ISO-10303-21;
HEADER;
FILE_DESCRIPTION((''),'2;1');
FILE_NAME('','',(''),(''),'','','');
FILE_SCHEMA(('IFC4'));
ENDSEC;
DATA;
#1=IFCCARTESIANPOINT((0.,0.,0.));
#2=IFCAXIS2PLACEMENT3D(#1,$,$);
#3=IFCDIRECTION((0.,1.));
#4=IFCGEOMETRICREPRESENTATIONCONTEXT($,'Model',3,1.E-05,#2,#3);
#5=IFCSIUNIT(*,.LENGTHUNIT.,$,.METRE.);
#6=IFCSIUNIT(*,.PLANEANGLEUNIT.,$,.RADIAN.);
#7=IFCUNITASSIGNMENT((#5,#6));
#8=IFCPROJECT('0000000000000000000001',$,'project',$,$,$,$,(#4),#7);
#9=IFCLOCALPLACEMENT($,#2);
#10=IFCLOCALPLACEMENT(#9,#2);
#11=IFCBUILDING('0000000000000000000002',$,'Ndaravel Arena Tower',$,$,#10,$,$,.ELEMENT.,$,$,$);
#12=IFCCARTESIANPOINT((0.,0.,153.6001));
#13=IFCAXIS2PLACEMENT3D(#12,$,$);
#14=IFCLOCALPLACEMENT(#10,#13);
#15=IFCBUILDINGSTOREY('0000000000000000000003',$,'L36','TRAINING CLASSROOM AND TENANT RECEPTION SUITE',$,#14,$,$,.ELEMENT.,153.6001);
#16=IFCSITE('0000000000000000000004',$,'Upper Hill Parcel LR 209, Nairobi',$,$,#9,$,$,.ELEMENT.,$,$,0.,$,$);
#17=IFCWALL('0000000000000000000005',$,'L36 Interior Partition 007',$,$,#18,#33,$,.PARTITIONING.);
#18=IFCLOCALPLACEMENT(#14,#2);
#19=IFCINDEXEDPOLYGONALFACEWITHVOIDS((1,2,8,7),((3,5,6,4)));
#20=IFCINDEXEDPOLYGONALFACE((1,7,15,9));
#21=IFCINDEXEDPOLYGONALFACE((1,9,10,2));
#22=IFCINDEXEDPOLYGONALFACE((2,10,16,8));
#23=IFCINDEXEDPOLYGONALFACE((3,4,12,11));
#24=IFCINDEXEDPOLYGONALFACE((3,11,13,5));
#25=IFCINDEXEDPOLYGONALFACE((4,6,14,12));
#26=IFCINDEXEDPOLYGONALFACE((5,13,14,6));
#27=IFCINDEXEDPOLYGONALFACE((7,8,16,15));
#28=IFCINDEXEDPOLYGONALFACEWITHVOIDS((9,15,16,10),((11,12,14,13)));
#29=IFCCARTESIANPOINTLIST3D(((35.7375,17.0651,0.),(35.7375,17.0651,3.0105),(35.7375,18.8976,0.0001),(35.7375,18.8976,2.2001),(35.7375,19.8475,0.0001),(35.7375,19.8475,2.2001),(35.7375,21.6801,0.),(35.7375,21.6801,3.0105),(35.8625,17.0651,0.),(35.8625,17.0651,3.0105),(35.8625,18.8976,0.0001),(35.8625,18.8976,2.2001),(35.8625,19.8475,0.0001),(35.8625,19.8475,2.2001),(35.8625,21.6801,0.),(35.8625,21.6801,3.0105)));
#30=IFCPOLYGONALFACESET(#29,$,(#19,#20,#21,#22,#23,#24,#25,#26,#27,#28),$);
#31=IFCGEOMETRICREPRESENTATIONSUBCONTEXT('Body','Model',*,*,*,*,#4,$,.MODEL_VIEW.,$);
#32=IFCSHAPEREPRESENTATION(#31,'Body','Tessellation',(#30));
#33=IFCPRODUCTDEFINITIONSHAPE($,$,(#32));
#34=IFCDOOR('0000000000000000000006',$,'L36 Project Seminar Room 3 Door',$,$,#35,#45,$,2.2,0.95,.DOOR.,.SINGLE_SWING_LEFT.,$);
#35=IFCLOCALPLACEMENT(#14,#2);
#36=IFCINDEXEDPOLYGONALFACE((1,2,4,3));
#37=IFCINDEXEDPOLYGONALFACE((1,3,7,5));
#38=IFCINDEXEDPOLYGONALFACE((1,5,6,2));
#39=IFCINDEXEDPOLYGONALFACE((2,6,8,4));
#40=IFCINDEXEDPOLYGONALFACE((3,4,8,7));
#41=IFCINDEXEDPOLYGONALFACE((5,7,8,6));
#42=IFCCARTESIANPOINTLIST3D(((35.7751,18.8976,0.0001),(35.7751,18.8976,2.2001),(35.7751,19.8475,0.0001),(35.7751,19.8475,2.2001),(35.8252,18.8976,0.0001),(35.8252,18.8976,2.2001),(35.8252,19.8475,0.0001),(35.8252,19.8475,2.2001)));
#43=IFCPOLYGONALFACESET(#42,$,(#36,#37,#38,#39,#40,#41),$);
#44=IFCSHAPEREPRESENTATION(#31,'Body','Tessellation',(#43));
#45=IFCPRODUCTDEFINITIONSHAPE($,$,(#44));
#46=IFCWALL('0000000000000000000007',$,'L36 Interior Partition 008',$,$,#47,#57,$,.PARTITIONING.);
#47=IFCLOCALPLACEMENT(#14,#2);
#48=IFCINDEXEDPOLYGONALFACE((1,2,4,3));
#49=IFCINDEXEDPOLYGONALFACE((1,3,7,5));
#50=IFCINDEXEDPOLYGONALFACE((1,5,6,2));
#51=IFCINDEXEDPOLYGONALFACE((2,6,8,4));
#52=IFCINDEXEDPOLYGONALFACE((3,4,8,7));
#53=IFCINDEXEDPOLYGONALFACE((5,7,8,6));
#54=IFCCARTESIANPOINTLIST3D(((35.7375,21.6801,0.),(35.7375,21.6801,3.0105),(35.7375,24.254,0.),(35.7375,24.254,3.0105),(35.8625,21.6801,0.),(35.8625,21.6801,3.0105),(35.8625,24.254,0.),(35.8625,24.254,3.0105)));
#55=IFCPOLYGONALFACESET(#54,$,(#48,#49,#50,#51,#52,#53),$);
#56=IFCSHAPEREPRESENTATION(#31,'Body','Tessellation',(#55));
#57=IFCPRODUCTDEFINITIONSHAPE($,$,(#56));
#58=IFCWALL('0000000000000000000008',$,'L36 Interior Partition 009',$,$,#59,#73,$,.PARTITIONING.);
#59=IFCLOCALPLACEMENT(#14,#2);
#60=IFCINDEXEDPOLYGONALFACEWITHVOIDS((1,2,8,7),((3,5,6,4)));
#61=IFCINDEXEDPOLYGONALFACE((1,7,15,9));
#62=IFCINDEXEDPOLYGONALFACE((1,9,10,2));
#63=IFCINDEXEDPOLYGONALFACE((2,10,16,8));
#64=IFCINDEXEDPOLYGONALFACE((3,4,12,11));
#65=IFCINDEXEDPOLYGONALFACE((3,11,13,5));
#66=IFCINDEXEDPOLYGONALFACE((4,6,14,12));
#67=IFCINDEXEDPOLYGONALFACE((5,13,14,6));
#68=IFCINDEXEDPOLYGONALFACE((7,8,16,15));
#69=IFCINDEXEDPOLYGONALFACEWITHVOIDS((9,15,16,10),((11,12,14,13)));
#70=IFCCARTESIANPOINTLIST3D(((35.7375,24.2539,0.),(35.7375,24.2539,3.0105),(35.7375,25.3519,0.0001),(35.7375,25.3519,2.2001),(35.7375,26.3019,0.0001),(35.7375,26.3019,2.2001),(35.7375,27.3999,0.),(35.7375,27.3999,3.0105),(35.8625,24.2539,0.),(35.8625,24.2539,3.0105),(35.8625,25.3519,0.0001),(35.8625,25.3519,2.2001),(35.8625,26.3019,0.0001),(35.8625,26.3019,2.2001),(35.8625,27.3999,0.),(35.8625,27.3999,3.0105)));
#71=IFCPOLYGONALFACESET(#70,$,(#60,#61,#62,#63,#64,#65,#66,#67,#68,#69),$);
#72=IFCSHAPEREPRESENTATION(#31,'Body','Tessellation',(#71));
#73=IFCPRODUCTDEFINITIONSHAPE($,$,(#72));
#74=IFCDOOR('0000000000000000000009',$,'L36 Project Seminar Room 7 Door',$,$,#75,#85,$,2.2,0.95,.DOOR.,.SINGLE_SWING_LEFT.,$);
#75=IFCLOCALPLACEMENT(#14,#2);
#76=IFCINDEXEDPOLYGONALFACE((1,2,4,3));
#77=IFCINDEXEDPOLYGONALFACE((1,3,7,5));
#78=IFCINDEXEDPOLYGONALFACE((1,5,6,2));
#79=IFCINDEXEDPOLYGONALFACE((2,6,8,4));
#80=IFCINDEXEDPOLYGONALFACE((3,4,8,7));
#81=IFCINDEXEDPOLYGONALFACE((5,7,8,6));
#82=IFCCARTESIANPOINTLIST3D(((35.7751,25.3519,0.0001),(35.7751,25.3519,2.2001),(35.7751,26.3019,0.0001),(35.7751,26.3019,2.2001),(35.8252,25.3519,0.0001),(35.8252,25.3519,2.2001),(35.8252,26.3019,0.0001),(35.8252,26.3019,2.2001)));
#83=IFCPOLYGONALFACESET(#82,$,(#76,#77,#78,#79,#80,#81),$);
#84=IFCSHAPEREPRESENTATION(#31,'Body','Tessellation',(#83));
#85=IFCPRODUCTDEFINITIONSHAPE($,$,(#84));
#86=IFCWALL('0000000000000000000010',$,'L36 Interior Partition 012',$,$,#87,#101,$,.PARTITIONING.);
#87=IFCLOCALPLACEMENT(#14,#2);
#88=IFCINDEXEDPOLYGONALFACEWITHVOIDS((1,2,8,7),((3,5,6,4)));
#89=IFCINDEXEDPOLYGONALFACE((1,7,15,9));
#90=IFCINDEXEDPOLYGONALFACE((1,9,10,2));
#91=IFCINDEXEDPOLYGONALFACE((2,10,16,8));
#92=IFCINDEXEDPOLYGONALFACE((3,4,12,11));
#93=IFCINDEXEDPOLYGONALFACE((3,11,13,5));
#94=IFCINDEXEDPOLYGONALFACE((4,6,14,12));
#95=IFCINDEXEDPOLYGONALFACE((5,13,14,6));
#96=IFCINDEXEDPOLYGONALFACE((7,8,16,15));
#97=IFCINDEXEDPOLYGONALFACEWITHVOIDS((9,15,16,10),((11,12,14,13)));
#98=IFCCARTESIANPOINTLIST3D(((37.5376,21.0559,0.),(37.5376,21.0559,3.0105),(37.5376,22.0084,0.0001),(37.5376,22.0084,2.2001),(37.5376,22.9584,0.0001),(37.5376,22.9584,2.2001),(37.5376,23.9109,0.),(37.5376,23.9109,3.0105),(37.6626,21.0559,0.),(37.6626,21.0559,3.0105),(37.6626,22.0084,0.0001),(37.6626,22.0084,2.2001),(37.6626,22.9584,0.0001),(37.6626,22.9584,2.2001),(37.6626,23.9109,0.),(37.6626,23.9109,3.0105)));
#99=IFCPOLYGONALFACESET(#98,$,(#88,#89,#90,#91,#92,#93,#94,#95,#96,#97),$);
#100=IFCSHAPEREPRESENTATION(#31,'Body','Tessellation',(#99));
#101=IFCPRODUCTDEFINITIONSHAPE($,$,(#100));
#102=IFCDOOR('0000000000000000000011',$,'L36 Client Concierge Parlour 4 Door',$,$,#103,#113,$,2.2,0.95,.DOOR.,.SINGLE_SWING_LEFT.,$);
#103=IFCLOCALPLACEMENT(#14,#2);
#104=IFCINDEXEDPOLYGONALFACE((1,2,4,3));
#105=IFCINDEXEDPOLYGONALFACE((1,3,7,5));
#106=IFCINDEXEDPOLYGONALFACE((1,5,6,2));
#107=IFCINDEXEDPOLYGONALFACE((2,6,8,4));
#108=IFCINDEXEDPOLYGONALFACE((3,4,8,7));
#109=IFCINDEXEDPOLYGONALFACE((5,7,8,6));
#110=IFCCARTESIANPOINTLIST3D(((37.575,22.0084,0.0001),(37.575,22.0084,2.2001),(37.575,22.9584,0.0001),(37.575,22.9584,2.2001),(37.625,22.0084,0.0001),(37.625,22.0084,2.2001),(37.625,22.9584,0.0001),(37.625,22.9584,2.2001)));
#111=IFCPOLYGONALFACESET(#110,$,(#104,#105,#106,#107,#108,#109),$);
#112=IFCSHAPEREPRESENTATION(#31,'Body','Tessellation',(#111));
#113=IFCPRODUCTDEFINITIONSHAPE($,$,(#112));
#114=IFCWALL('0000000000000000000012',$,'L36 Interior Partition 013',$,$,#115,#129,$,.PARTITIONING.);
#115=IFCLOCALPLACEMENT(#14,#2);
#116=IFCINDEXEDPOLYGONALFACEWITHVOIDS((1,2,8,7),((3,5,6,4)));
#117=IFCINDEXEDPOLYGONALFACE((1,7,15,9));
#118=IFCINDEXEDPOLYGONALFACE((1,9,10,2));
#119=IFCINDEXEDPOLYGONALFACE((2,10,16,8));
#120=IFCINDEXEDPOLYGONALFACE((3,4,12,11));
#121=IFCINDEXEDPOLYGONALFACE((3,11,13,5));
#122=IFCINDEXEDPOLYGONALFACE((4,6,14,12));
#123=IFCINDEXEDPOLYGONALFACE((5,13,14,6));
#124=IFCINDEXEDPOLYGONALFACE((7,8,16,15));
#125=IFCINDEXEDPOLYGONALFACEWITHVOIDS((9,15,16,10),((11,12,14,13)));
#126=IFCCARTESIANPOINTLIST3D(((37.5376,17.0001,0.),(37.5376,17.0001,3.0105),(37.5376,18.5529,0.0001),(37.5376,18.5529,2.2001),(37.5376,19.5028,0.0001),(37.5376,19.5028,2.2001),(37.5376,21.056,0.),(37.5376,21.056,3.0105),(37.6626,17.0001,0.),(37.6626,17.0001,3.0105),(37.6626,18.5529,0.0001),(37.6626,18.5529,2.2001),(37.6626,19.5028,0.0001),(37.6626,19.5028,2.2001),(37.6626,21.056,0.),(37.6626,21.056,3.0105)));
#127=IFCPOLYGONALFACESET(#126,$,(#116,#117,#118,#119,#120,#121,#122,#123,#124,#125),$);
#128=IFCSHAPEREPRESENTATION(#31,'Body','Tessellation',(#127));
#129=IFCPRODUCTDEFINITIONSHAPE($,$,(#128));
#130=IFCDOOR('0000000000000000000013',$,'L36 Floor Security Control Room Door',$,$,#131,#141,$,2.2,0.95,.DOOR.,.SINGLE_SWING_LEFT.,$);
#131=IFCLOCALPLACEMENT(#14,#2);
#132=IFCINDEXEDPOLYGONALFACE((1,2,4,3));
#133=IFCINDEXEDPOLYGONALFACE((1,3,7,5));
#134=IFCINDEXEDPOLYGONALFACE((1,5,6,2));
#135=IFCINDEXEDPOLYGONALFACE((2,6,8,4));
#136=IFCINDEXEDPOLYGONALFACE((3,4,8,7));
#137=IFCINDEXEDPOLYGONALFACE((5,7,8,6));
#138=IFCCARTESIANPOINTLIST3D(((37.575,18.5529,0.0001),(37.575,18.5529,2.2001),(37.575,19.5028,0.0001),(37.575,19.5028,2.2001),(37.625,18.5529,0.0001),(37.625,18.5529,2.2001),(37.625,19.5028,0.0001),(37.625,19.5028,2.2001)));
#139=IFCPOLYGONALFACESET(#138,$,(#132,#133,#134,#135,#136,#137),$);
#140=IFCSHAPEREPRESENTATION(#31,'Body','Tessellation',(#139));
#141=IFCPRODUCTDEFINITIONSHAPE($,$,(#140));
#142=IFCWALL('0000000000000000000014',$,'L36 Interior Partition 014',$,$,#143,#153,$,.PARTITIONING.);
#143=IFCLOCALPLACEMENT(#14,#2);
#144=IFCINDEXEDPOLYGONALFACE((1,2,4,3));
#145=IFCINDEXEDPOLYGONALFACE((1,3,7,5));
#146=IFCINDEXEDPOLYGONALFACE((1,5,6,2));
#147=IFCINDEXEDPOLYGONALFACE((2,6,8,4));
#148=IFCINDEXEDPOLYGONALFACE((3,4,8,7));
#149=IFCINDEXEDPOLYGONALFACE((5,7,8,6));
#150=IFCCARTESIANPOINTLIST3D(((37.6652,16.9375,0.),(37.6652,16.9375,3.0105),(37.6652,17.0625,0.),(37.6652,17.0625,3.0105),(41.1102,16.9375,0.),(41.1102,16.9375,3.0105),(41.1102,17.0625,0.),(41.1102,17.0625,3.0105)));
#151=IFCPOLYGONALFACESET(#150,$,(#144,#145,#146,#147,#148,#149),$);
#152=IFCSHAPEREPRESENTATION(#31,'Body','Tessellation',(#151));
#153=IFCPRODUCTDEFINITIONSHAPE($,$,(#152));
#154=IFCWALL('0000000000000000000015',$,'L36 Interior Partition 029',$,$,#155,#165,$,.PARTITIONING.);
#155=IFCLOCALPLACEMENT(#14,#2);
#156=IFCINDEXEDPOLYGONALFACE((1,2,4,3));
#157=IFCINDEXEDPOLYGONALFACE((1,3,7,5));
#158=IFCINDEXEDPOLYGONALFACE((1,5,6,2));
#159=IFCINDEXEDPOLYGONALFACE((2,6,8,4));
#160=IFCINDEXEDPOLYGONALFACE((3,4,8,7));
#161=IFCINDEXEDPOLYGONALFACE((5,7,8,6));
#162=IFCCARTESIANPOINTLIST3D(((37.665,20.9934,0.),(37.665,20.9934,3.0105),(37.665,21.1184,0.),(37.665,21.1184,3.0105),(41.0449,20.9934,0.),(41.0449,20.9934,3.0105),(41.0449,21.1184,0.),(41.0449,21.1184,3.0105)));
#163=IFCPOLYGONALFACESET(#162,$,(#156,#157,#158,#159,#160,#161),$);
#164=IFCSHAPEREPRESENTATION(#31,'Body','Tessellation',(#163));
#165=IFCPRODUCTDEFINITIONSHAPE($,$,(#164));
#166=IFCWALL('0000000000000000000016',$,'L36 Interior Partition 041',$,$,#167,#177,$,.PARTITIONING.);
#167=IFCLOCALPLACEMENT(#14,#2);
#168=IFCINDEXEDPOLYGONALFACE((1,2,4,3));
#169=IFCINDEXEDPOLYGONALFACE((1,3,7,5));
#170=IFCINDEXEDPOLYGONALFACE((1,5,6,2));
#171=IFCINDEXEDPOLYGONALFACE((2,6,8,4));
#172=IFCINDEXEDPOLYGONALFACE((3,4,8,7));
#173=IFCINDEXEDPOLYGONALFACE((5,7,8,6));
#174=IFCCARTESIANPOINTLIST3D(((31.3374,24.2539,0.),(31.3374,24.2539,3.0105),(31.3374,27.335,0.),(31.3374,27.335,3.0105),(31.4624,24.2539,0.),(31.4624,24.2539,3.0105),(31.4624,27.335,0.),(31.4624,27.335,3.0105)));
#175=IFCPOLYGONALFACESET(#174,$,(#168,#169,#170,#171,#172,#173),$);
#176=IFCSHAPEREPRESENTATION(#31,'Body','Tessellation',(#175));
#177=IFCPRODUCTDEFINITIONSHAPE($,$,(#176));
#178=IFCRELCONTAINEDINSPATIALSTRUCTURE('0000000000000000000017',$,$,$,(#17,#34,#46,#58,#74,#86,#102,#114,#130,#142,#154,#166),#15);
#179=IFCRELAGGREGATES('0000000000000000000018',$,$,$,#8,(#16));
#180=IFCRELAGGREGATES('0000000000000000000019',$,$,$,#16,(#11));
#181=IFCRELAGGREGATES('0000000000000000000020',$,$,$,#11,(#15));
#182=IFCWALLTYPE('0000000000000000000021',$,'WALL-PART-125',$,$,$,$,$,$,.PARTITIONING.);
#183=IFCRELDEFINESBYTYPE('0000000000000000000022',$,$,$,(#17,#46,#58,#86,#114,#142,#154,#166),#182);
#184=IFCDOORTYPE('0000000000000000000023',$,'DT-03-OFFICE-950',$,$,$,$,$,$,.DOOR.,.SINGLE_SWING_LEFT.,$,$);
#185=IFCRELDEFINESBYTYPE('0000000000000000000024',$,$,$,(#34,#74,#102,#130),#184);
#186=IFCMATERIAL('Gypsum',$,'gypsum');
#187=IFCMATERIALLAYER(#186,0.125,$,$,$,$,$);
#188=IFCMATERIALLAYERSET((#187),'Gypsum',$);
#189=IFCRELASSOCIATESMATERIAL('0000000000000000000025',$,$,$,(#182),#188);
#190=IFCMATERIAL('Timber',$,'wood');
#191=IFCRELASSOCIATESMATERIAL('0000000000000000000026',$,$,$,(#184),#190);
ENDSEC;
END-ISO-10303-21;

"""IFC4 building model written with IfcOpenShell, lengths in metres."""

from ifc_helpers import new_model, si_unit, direction, frame, frame_2d, origin, place, context, subcontext, project, spatial, rectangle, extrude, material, layer, layer_set, type_object, element, fill, save


model = new_model("IFC4")

# Units and contexts
model_context = context("Model", 3, precision=1e-05, world=origin(), true_north=direction((0.0, 1.0)))
body_context = subcontext(model_context, "Body", "Model", "MODEL_VIEW")
ifc_project = project(units=[si_unit("LENGTHUNIT", "METRE"), si_unit("PLANEANGLEUNIT", "RADIAN")], contexts=[model_context])

# Site, building, storey
site_placement = place(None, origin())
site = spatial("IfcSite", under=ifc_project, at=site_placement, Name="Upper Hill Parcel LR 209, Nairobi", CompositionType="ELEMENT", RefElevation=0.0)
building_placement = place(site_placement, origin())
building = spatial("IfcBuilding", under=site, at=building_placement, Name="Ndaravel Arena Tower", CompositionType="ELEMENT")
storey_placement = place(building_placement, frame((0.0, 0.0, 153.6001)))
storey = spatial("IfcBuildingStorey", under=building, at=storey_placement, Name="L36", Description="TRAINING CLASSROOM AND TENANT RECEPTION SUITE", CompositionType="ELEMENT", Elevation=153.6001)

# Wall, opening, door
ifc_material_1 = material(Name="Gypsum", Category="gypsum")
ifc_layer_1 = layer(ifc_material_1, 0.125)
ifc_layer_set_1 = layer_set([ifc_layer_1], Name="Gypsum")
wall_type_1 = type_object("IfcWallType", Name="WALL-PART-125", PredefinedType="PARTITIONING", material=ifc_layer_set_1)
wall_1_placement = place(storey_placement, frame((35.8, 17.0649, 0.0), z_axis=(0.0, 0.0, 1.0), x_axis=(0.0, 1.0, 0.0)))
wall_1 = element("IfcWall", 1, at=wall_1_placement, inside=storey, type_object=wall_type_1, Name="L36 Interior Partition 007", PredefinedType="PARTITIONING", context=body_context, shape_type="SweptSolid", body=[
    extrude(rectangle(XDim=4.615, YDim=0.125, at=frame_2d((2.3076, 0.0))), origin(), (0.0, 0.0, 1.0), 3.0105),
])
opening_1_placement = place(wall_1_placement, frame((1.8325, 0.0, 0.0)))
opening_1 = element("IfcOpeningElement", 2, at=opening_1_placement, cuts=wall_1, PredefinedType="OPENING", context=body_context, shape_type="SweptSolid", body=[
    extrude(rectangle(XDim=0.95, YDim=2.2, at=frame_2d((0.4751, 1.1001))), frame((0.0, 0.0625, 0.0), z_axis=(0.0, -1.0, 0.0), x_axis=(1.0, 0.0, 0.0)), (0.0, 0.0, 1.0), 0.125),
])
ifc_material_2 = material(Name="Timber", Category="wood")
door_type_1 = type_object("IfcDoorType", Name="DT-03-OFFICE-950", OperationType="SINGLE_SWING_LEFT", PredefinedType="DOOR", material=ifc_material_2)
door_1_placement = place(opening_1_placement, origin())
door_1 = element("IfcDoor", 3, at=door_1_placement, inside=storey, type_object=door_type_1, Name="L36 Project Seminar Room 3 Door", OperationType="SINGLE_SWING_LEFT", OverallHeight=2.2, OverallWidth=0.95, PredefinedType="DOOR", context=body_context, shape_type="SweptSolid", body=[
    extrude(rectangle(XDim=0.95, YDim=2.2, at=frame_2d((0.4751, 1.1001))), frame((0.0, 0.0249, 0.0), z_axis=(0.0, -1.0, 0.0), x_axis=(1.0, 0.0, 0.0)), (0.0, 0.0, 1.0), 0.05),
])
fill(opening_1, door_1)

# Wall
wall_2_placement = place(storey_placement, frame((35.8, 21.6799, 0.0), z_axis=(0.0, 0.0, 1.0), x_axis=(0.0, 1.0, 0.0)))
element("IfcWall", 4, at=wall_2_placement, inside=storey, type_object=wall_type_1, Name="L36 Interior Partition 008", PredefinedType="PARTITIONING", context=body_context, shape_type="SweptSolid", body=[
    extrude(rectangle(XDim=2.574, YDim=0.125, at=frame_2d((1.2871, 0.0))), origin(), (0.0, 0.0, 1.0), 3.0105),
])

# Walls, openings, doors
wall_3_placement = place(storey_placement, frame((35.8, 24.2539, 0.0), z_axis=(0.0, 0.0, 1.0), x_axis=(0.0, 1.0, 0.0)))
wall_3 = element("IfcWall", 5, at=wall_3_placement, inside=storey, type_object=wall_type_1, Name="L36 Interior Partition 009", PredefinedType="PARTITIONING", context=body_context, shape_type="SweptSolid", body=[
    extrude(rectangle(XDim=3.146, YDim=0.125, at=frame_2d((1.573, 0.0))), origin(), (0.0, 0.0, 1.0), 3.0105),
])
opening_2_placement = place(wall_3_placement, frame((1.0979, 0.0, 0.0)))
opening_2 = element("IfcOpeningElement", 6, at=opening_2_placement, cuts=wall_3, PredefinedType="OPENING", context=body_context, shape_type="SweptSolid", body=[
    extrude(rectangle(XDim=0.95, YDim=2.2, at=frame_2d((0.4751, 1.1001))), frame((0.0, 0.0625, 0.0), z_axis=(0.0, -1.0, 0.0), x_axis=(1.0, 0.0, 0.0)), (0.0, 0.0, 1.0), 0.125),
])
door_2_placement = place(opening_2_placement, origin())
door_2 = element("IfcDoor", 7, at=door_2_placement, inside=storey, type_object=door_type_1, Name="L36 Project Seminar Room 7 Door", OperationType="SINGLE_SWING_LEFT", OverallHeight=2.2, OverallWidth=0.95, PredefinedType="DOOR", context=body_context, shape_type="SweptSolid", body=[
    extrude(rectangle(XDim=0.95, YDim=2.2, at=frame_2d((0.4751, 1.1001))), frame((0.0, 0.0249, 0.0), z_axis=(0.0, -1.0, 0.0), x_axis=(1.0, 0.0, 0.0)), (0.0, 0.0, 1.0), 0.05),
])
fill(opening_2, door_2)
wall_4_placement = place(storey_placement, frame((37.6001, 23.9109, 0.0), z_axis=(0.0, 0.0, 1.0), x_axis=(0.0, -1.0, 0.0)))
wall_4 = element("IfcWall", 8, at=wall_4_placement, inside=storey, type_object=wall_type_1, Name="L36 Interior Partition 012", PredefinedType="PARTITIONING", context=body_context, shape_type="SweptSolid", body=[
    extrude(rectangle(XDim=2.855, YDim=0.125, at=frame_2d((1.4275, 0.0))), origin(), (0.0, 0.0, 1.0), 3.0105),
])
opening_3_placement = place(wall_4_placement, frame((0.9524, 0.0, 0.0)))
opening_3 = element("IfcOpeningElement", 9, at=opening_3_placement, cuts=wall_4, PredefinedType="OPENING", context=body_context, shape_type="SweptSolid", body=[
    extrude(rectangle(XDim=0.95, YDim=2.2, at=frame_2d((0.4751, 1.1001))), frame((0.0, 0.0625, 0.0), z_axis=(0.0, -1.0, 0.0), x_axis=(1.0, 0.0, 0.0)), (0.0, 0.0, 1.0), 0.125),
])
door_3_placement = place(opening_3_placement, origin())
door_3 = element("IfcDoor", 10, at=door_3_placement, inside=storey, type_object=door_type_1, Name="L36 Client Concierge Parlour 4 Door", OperationType="SINGLE_SWING_LEFT", OverallHeight=2.2, OverallWidth=0.95, PredefinedType="DOOR", context=body_context, shape_type="SweptSolid", body=[
    extrude(rectangle(XDim=0.95, YDim=2.2, at=frame_2d((0.4751, 1.1001))), frame((0.0, 0.0249, 0.0), z_axis=(0.0, -1.0, 0.0), x_axis=(1.0, 0.0, 0.0)), (0.0, 0.0, 1.0), 0.05),
])
fill(opening_3, door_3)
wall_5_placement = place(storey_placement, frame((37.6001, 21.0559, 0.0), z_axis=(0.0, 0.0, 1.0), x_axis=(0.0, -1.0, 0.0)))
wall_5 = element("IfcWall", 11, at=wall_5_placement, inside=storey, type_object=wall_type_1, Name="L36 Interior Partition 013", PredefinedType="PARTITIONING", context=body_context, shape_type="SweptSolid", body=[
    extrude(rectangle(XDim=4.0559, YDim=0.125, at=frame_2d((2.0278, 0.0))), origin(), (0.0, 0.0, 1.0), 3.0105),
])
opening_4_placement = place(wall_5_placement, frame((1.553, 0.0, 0.0)))
opening_4 = element("IfcOpeningElement", 12, at=opening_4_placement, cuts=wall_5, PredefinedType="OPENING", context=body_context, shape_type="SweptSolid", body=[
    extrude(rectangle(XDim=0.95, YDim=2.2, at=frame_2d((0.4751, 1.1001))), frame((0.0, 0.0625, 0.0), z_axis=(0.0, -1.0, 0.0), x_axis=(1.0, 0.0, 0.0)), (0.0, 0.0, 1.0), 0.125),
])
door_4_placement = place(opening_4_placement, origin())
door_4 = element("IfcDoor", 13, at=door_4_placement, inside=storey, type_object=door_type_1, Name="L36 Floor Security Control Room Door", OperationType="SINGLE_SWING_LEFT", OverallHeight=2.2, OverallWidth=0.95, PredefinedType="DOOR", context=body_context, shape_type="SweptSolid", body=[
    extrude(rectangle(XDim=0.95, YDim=2.2, at=frame_2d((0.4751, 1.1001))), frame((0.0, 0.0249, 0.0), z_axis=(0.0, -1.0, 0.0), x_axis=(1.0, 0.0, 0.0)), (0.0, 0.0, 1.0), 0.05),
])
fill(opening_4, door_4)

# Walls
wall_6_placement = place(storey_placement, frame((37.665, 17.0, 0.0), z_axis=(0.0, 0.0, 1.0), x_axis=(1.0, 0.0, 0.0)))
element("IfcWall", 14, at=wall_6_placement, inside=storey, type_object=wall_type_1, Name="L36 Interior Partition 014", PredefinedType="PARTITIONING", context=body_context, shape_type="SweptSolid", body=[
    extrude(rectangle(XDim=3.4451, YDim=0.125, at=frame_2d((1.7227, 0.0))), origin(), (0.0, 0.0, 1.0), 3.0105),
])
wall_7_placement = place(storey_placement, frame((37.665, 21.0559, 0.0), z_axis=(0.0, 0.0, 1.0), x_axis=(1.0, 0.0, 0.0)))
element("IfcWall", 15, at=wall_7_placement, inside=storey, type_object=wall_type_1, Name="L36 Interior Partition 029", PredefinedType="PARTITIONING", context=body_context, shape_type="SweptSolid", body=[
    extrude(rectangle(XDim=3.3799, YDim=0.125, at=frame_2d((1.6899, 0.0))), origin(), (0.0, 0.0, 1.0), 3.0105),
])
wall_8_placement = place(storey_placement, frame((31.3999, 27.335, 0.0), z_axis=(0.0, 0.0, 1.0), x_axis=(0.0, -1.0, 0.0)))
element("IfcWall", 16, at=wall_8_placement, inside=storey, type_object=wall_type_1, Name="L36 Interior Partition 041", PredefinedType="PARTITIONING", context=body_context, shape_type="SweptSolid", body=[
    extrude(rectangle(XDim=3.0811, YDim=0.125, at=frame_2d((1.5405, 0.0))), origin(), (0.0, 0.0, 1.0), 3.0105),
])

save(model, "model.ifc")
